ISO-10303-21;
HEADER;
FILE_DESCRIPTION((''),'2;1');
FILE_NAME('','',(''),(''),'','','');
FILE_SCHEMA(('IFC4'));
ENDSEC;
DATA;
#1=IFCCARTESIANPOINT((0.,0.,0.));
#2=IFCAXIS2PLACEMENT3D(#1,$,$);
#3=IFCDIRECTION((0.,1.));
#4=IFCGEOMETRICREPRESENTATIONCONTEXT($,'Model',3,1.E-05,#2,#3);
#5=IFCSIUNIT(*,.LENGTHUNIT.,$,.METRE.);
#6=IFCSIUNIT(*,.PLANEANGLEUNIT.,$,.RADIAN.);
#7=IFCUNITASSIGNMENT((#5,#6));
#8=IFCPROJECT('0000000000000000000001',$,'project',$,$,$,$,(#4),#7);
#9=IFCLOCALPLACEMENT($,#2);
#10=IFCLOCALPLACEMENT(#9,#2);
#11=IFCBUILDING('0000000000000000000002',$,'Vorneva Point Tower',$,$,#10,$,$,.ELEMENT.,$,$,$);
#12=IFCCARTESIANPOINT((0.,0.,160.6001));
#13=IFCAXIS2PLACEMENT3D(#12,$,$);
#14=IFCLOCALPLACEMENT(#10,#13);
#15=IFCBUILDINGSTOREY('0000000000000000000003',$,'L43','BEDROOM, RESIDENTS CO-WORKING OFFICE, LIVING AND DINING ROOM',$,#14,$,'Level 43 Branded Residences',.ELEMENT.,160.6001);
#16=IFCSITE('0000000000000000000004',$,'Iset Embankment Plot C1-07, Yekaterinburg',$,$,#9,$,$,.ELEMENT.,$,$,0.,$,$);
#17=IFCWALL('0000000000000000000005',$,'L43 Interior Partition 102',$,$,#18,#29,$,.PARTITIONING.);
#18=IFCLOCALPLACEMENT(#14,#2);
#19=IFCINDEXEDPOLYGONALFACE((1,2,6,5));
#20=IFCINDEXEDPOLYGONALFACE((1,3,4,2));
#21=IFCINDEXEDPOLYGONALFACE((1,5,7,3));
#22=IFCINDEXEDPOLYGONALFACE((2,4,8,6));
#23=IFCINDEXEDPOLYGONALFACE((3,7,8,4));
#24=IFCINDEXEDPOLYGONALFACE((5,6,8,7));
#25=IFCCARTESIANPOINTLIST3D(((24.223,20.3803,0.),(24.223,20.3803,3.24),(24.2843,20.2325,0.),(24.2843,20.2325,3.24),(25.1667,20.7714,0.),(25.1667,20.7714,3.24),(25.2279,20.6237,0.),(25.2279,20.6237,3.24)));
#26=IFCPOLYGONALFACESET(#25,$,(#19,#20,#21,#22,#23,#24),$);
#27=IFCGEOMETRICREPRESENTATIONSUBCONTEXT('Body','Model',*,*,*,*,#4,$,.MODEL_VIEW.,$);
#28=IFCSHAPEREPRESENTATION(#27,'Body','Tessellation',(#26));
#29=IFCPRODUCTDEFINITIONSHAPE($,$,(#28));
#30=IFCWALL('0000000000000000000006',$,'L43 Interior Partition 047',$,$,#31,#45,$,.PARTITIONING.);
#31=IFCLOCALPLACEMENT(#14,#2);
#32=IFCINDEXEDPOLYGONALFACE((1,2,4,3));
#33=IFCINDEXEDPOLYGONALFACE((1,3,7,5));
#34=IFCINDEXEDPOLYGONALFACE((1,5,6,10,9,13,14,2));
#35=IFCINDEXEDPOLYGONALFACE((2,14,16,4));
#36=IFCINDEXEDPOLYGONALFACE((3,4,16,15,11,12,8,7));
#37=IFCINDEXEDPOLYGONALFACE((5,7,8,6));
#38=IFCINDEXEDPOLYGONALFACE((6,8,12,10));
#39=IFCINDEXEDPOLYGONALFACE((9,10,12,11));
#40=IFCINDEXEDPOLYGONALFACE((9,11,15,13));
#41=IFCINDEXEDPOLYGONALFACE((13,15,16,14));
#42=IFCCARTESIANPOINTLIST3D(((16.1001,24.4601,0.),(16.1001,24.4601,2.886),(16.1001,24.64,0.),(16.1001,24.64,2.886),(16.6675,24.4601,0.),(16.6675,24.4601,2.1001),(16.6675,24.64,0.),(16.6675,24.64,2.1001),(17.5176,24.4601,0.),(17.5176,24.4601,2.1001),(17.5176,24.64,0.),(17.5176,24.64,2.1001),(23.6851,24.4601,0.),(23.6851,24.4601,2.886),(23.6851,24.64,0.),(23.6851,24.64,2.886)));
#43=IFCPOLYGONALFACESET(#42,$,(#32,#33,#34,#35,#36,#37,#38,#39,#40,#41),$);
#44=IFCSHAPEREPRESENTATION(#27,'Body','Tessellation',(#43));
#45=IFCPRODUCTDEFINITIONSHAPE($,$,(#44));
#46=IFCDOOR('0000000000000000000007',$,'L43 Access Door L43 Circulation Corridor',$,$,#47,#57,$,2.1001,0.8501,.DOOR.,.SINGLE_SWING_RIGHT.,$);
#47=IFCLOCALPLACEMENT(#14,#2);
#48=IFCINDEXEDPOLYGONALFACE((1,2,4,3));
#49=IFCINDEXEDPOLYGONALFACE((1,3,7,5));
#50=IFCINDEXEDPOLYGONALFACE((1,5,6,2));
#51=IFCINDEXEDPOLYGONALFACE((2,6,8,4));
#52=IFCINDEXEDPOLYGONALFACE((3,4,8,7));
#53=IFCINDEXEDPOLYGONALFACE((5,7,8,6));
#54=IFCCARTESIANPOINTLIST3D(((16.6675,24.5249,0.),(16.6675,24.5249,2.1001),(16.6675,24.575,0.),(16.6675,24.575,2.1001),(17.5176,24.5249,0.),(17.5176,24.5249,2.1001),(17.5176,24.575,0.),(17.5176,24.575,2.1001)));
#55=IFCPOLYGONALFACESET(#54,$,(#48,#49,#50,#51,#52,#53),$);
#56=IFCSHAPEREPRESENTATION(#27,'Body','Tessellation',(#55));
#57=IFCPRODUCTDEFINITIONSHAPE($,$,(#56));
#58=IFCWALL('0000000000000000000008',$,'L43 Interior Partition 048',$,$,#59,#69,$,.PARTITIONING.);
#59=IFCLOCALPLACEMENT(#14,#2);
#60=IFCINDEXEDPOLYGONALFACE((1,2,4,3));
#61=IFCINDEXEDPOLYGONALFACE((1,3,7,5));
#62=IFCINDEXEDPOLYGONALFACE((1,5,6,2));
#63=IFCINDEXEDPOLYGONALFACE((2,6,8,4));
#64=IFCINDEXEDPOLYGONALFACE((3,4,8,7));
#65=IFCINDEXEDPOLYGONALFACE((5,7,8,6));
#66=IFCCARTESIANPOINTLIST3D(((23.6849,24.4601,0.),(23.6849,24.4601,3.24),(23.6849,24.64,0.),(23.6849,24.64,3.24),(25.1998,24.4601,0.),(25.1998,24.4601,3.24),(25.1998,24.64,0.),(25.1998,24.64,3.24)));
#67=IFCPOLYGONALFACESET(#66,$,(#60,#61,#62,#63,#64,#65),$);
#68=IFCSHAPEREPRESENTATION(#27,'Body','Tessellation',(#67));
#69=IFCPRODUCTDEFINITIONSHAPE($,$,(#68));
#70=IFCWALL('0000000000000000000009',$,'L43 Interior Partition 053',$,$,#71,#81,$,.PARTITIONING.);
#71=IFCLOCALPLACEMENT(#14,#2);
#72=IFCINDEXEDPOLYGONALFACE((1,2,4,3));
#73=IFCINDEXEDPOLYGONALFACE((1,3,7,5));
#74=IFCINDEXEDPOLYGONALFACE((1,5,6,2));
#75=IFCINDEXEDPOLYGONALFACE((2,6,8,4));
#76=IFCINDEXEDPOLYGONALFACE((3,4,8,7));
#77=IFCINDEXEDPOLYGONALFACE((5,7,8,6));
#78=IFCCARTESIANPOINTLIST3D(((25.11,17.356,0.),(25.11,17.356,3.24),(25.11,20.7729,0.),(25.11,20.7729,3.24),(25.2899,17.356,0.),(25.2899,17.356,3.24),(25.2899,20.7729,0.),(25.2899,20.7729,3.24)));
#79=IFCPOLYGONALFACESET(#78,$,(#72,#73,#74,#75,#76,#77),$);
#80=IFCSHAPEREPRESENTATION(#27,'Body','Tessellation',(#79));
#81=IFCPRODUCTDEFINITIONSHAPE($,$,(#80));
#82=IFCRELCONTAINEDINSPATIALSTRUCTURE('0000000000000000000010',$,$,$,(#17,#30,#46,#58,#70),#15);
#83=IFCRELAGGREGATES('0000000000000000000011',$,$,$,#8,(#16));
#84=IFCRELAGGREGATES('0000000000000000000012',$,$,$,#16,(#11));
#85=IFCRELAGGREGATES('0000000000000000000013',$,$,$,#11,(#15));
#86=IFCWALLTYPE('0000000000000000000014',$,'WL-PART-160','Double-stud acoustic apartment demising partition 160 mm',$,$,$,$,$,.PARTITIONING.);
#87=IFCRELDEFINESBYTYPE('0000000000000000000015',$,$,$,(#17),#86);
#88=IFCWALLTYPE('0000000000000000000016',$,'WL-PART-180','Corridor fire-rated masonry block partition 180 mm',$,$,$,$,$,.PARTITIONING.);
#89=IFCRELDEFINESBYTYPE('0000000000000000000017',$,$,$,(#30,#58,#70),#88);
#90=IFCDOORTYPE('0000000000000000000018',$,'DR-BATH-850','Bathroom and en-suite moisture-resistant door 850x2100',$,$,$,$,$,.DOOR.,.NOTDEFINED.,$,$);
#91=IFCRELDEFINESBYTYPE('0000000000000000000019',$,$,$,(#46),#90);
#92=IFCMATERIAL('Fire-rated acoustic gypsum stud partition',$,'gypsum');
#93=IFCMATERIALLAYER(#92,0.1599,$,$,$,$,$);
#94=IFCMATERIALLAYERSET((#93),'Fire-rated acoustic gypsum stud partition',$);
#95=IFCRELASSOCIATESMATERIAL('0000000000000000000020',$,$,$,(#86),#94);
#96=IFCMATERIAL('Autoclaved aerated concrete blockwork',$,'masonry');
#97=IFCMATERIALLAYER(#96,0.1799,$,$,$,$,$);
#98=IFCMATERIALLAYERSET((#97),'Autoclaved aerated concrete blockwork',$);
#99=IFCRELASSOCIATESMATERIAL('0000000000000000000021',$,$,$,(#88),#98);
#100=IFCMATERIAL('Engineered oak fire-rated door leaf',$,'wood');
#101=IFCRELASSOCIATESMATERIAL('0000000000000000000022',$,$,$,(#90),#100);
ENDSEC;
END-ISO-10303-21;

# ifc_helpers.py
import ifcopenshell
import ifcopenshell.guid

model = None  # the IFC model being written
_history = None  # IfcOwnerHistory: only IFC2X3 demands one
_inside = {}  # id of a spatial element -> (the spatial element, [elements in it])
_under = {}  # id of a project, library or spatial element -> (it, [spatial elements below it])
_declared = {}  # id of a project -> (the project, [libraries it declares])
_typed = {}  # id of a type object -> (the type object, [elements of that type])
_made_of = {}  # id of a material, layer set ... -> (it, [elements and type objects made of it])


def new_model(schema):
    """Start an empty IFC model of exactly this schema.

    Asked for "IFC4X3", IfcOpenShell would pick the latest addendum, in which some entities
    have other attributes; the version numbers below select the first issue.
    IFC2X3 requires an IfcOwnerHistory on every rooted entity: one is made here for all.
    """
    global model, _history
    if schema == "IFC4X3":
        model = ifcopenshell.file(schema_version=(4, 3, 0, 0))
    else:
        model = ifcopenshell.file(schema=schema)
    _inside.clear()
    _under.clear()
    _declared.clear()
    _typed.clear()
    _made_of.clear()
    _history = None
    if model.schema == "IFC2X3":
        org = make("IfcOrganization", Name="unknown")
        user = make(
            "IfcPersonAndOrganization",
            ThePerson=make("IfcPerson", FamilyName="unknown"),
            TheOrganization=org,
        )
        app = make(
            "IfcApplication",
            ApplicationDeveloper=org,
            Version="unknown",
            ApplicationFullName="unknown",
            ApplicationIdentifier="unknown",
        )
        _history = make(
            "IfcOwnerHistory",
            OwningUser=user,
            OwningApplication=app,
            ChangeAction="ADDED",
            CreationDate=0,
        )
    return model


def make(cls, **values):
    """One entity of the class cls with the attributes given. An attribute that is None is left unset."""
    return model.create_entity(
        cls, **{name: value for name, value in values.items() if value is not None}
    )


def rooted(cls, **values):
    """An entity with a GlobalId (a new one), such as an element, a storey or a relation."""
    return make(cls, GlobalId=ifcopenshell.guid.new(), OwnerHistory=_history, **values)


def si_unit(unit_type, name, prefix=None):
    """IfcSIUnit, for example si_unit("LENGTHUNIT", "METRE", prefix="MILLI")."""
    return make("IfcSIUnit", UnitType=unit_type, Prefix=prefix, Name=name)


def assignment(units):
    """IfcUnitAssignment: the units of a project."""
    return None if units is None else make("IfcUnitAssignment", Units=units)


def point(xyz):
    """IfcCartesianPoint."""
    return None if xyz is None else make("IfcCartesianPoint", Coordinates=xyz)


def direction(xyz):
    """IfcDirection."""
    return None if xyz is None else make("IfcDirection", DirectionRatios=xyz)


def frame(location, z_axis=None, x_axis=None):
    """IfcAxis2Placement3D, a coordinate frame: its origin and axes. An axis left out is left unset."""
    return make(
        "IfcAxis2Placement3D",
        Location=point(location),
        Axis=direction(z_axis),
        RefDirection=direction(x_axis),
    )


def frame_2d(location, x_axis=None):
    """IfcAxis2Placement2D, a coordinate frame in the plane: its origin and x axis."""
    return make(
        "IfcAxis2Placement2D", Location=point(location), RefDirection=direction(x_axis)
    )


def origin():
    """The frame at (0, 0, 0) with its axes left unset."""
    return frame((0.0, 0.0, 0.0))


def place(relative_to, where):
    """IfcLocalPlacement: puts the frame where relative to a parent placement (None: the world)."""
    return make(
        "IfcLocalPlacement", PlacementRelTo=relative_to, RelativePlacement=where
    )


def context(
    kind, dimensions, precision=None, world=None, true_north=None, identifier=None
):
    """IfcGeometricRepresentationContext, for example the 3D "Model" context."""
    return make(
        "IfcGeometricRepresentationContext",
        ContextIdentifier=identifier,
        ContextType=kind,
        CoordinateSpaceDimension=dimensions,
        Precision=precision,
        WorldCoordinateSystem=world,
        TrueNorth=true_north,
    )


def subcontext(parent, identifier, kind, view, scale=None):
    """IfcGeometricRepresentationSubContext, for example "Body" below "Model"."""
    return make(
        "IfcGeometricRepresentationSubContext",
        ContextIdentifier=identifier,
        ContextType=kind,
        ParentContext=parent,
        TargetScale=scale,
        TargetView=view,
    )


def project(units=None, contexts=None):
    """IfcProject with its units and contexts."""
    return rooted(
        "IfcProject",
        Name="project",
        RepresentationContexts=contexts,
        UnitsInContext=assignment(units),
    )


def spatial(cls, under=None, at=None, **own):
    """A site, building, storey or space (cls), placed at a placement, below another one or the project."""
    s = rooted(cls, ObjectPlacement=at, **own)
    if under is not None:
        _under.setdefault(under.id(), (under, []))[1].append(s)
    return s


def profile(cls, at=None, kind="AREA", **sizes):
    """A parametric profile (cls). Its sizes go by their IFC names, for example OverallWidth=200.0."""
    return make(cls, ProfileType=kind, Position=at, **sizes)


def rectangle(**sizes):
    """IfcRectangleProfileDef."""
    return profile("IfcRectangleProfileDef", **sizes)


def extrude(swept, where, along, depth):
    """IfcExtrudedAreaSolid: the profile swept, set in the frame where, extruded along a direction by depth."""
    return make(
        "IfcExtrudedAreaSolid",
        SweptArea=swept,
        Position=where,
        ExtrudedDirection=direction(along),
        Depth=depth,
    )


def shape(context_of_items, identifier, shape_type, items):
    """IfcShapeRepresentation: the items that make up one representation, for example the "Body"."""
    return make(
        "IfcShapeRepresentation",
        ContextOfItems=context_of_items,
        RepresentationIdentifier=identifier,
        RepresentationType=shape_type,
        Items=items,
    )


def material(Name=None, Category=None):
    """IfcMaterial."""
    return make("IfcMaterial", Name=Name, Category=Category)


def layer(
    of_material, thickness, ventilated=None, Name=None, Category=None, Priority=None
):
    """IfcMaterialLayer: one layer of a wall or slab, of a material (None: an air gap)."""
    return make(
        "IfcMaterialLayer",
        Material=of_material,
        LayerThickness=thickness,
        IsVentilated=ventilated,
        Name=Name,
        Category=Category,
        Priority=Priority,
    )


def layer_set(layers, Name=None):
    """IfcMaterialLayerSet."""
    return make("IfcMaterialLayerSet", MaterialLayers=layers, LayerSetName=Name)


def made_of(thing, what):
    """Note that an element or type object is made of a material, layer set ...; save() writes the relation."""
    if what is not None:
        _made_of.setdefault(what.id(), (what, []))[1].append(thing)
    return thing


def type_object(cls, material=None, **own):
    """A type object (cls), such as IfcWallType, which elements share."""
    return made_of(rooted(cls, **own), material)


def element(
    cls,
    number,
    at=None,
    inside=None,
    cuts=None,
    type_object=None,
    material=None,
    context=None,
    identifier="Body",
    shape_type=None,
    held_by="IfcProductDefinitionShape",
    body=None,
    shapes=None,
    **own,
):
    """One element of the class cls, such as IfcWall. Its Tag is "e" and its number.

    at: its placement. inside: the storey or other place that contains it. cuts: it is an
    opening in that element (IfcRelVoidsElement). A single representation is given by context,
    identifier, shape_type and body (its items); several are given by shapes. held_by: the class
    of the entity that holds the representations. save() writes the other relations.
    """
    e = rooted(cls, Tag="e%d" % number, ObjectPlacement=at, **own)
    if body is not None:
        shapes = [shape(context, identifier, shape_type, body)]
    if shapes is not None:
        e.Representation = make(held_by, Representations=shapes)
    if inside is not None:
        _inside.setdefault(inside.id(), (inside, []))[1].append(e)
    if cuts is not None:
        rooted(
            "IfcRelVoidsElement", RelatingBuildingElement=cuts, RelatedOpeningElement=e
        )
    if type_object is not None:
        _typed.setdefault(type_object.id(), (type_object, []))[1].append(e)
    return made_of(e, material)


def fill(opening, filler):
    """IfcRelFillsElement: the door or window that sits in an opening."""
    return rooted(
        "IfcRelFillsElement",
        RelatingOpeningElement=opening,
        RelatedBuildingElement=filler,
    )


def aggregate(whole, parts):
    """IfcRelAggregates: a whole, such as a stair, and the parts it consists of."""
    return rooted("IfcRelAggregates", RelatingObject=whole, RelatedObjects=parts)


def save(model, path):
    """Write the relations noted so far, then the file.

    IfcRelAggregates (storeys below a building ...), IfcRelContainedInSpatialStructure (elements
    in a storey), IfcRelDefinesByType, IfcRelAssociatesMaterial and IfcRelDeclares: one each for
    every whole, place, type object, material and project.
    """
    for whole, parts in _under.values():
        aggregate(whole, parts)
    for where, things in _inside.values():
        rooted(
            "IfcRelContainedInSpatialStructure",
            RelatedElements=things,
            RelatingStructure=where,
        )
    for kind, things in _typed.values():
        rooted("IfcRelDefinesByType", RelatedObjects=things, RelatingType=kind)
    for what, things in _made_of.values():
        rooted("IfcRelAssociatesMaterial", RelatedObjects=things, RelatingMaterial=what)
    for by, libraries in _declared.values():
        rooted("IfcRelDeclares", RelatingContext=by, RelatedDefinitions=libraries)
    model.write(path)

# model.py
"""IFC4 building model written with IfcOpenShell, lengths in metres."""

from ifc_helpers import new_model, si_unit, direction, frame, frame_2d, origin, place, context, subcontext, project, spatial, rectangle, extrude, material, layer, layer_set, type_object, element, fill, save


model = new_model("IFC4")

# Units and contexts
model_context = context("Model", 3, precision=1e-05, world=origin(), true_north=direction((0.0, 1.0)))
body_context = subcontext(model_context, "Body", "Model", "MODEL_VIEW")
ifc_project = project(units=[si_unit("LENGTHUNIT", "METRE"), si_unit("PLANEANGLEUNIT", "RADIAN")], contexts=[model_context])

# Site, building, storey
site_placement = place(None, origin())
site = spatial("IfcSite", under=ifc_project, at=site_placement, Name="Iset Embankment Plot C1-07, Yekaterinburg", CompositionType="ELEMENT", RefElevation=0.0)
building_placement = place(site_placement, origin())
building = spatial("IfcBuilding", under=site, at=building_placement, Name="Vorneva Point Tower", CompositionType="ELEMENT")
storey_placement = place(building_placement, frame((0.0, 0.0, 160.6001)))
storey = spatial("IfcBuildingStorey", under=building, at=storey_placement, Name="L43", Description="BEDROOM, RESIDENTS CO-WORKING OFFICE, LIVING AND DINING ROOM", LongName="Level 43 Branded Residences", CompositionType="ELEMENT", Elevation=160.6001)

# Wall
ifc_material_1 = material(Name="Fire-rated acoustic gypsum stud partition", Category="gypsum")
ifc_layer_1 = layer(ifc_material_1, 0.1599)
ifc_layer_set_1 = layer_set([ifc_layer_1], Name="Fire-rated acoustic gypsum stud partition")
wall_type_1 = type_object("IfcWallType", Name="WL-PART-160", Description="Double-stud acoustic apartment demising partition 160 mm", PredefinedType="PARTITIONING", material=ifc_layer_set_1)
wall_1_placement = place(storey_placement, frame((24.2537, 20.3064, 0.0), z_axis=(0.0, 0.0, 1.0), x_axis=(0.92379, 0.382901, 0.0)))
element("IfcWall", 1, at=wall_1_placement, inside=storey, type_object=wall_type_1, Name="L43 Interior Partition 102", PredefinedType="PARTITIONING", context=body_context, shape_type="SweptSolid", body=[
    extrude(rectangle(XDim=1.0215, YDim=0.1599, at=frame_2d((0.5107, 0.0))), origin(), (0.0, 0.0, 1.0), 3.24),
])

# Wall, opening, door
ifc_material_2 = material(Name="Autoclaved aerated concrete blockwork", Category="masonry")
ifc_layer_2 = layer(ifc_material_2, 0.1799)
ifc_layer_set_2 = layer_set([ifc_layer_2], Name="Autoclaved aerated concrete blockwork")
wall_type_2 = type_object("IfcWallType", Name="WL-PART-180", Description="Corridor fire-rated masonry block partition 180 mm", PredefinedType="PARTITIONING", material=ifc_layer_set_2)
wall_2_placement = place(storey_placement, frame((16.1001, 24.55, 0.0), z_axis=(0.0, 0.0, 1.0), x_axis=(1.0, 0.0, 0.0)))
wall_2 = element("IfcWall", 2, at=wall_2_placement, inside=storey, type_object=wall_type_2, Name="L43 Interior Partition 047", PredefinedType="PARTITIONING", context=body_context, shape_type="SweptSolid", body=[
    extrude(rectangle(XDim=7.585, YDim=0.1799, at=frame_2d((3.7925, 0.0))), origin(), (0.0, 0.0, 1.0), 2.886),
])
opening_1_placement = place(wall_2_placement, frame((0.5674, 0.0, 0.0)))
opening_1 = element("IfcOpeningElement", 3, at=opening_1_placement, cuts=wall_2, PredefinedType="OPENING", context=body_context, shape_type="SweptSolid", body=[
    extrude(rectangle(XDim=0.8501, YDim=2.1001, at=frame_2d((0.425, 1.05))), frame((0.0, 0.105, 0.0), z_axis=(0.0, -1.0, 0.0), x_axis=(1.0, 0.0, 0.0)), (0.0, 0.0, 1.0), 0.2097),
])
ifc_material_3 = material(Name="Engineered oak fire-rated door leaf", Category="wood")
door_type_1 = type_object("IfcDoorType", Name="DR-BATH-850", Description="Bathroom and en-suite moisture-resistant door 850x2100", OperationType="NOTDEFINED", PredefinedType="DOOR", material=ifc_material_3)
door_1_placement = place(opening_1_placement, origin())
door_1 = element("IfcDoor", 4, at=door_1_placement, inside=storey, type_object=door_type_1, Name="L43 Access Door L43 Circulation Corridor", OperationType="SINGLE_SWING_RIGHT", OverallHeight=2.1001, OverallWidth=0.8501, PredefinedType="DOOR", context=body_context, shape_type="SweptSolid", body=[
    extrude(rectangle(XDim=0.8501, YDim=2.1001, at=frame_2d((0.425, 1.05))), frame((0.0, 0.0249, 0.0), z_axis=(0.0, -1.0, 0.0), x_axis=(1.0, 0.0, 0.0)), (0.0, 0.0, 1.0), 0.05),
])
fill(opening_1, door_1)

# Wall
wall_3_placement = place(storey_placement, frame((23.6851, 24.55, 0.0), z_axis=(0.0, 0.0, 1.0), x_axis=(1.0, 0.0, 0.0)))
element("IfcWall", 5, at=wall_3_placement, inside=storey, type_object=wall_type_2, Name="L43 Interior Partition 048", PredefinedType="PARTITIONING", context=body_context, shape_type="SweptSolid", body=[
    extrude(rectangle(XDim=1.5149, YDim=0.1799, at=frame_2d((0.7573, 0.0))), origin(), (0.0, 0.0, 1.0), 3.24),
])

# Wall
wall_4_placement = place(storey_placement, frame((25.2, 20.7729, 0.0), z_axis=(0.0, 0.0, 1.0), x_axis=(0.0, -1.0, 0.0)))
element("IfcWall", 6, at=wall_4_placement, inside=storey, type_object=wall_type_2, Name="L43 Interior Partition 053", PredefinedType="PARTITIONING", context=body_context, shape_type="SweptSolid", body=[
    extrude(rectangle(XDim=3.417, YDim=0.1799, at=frame_2d((1.7085, 0.0))), origin(), (0.0, 0.0, 1.0), 3.24),
])

save(model, "model.ifc")
